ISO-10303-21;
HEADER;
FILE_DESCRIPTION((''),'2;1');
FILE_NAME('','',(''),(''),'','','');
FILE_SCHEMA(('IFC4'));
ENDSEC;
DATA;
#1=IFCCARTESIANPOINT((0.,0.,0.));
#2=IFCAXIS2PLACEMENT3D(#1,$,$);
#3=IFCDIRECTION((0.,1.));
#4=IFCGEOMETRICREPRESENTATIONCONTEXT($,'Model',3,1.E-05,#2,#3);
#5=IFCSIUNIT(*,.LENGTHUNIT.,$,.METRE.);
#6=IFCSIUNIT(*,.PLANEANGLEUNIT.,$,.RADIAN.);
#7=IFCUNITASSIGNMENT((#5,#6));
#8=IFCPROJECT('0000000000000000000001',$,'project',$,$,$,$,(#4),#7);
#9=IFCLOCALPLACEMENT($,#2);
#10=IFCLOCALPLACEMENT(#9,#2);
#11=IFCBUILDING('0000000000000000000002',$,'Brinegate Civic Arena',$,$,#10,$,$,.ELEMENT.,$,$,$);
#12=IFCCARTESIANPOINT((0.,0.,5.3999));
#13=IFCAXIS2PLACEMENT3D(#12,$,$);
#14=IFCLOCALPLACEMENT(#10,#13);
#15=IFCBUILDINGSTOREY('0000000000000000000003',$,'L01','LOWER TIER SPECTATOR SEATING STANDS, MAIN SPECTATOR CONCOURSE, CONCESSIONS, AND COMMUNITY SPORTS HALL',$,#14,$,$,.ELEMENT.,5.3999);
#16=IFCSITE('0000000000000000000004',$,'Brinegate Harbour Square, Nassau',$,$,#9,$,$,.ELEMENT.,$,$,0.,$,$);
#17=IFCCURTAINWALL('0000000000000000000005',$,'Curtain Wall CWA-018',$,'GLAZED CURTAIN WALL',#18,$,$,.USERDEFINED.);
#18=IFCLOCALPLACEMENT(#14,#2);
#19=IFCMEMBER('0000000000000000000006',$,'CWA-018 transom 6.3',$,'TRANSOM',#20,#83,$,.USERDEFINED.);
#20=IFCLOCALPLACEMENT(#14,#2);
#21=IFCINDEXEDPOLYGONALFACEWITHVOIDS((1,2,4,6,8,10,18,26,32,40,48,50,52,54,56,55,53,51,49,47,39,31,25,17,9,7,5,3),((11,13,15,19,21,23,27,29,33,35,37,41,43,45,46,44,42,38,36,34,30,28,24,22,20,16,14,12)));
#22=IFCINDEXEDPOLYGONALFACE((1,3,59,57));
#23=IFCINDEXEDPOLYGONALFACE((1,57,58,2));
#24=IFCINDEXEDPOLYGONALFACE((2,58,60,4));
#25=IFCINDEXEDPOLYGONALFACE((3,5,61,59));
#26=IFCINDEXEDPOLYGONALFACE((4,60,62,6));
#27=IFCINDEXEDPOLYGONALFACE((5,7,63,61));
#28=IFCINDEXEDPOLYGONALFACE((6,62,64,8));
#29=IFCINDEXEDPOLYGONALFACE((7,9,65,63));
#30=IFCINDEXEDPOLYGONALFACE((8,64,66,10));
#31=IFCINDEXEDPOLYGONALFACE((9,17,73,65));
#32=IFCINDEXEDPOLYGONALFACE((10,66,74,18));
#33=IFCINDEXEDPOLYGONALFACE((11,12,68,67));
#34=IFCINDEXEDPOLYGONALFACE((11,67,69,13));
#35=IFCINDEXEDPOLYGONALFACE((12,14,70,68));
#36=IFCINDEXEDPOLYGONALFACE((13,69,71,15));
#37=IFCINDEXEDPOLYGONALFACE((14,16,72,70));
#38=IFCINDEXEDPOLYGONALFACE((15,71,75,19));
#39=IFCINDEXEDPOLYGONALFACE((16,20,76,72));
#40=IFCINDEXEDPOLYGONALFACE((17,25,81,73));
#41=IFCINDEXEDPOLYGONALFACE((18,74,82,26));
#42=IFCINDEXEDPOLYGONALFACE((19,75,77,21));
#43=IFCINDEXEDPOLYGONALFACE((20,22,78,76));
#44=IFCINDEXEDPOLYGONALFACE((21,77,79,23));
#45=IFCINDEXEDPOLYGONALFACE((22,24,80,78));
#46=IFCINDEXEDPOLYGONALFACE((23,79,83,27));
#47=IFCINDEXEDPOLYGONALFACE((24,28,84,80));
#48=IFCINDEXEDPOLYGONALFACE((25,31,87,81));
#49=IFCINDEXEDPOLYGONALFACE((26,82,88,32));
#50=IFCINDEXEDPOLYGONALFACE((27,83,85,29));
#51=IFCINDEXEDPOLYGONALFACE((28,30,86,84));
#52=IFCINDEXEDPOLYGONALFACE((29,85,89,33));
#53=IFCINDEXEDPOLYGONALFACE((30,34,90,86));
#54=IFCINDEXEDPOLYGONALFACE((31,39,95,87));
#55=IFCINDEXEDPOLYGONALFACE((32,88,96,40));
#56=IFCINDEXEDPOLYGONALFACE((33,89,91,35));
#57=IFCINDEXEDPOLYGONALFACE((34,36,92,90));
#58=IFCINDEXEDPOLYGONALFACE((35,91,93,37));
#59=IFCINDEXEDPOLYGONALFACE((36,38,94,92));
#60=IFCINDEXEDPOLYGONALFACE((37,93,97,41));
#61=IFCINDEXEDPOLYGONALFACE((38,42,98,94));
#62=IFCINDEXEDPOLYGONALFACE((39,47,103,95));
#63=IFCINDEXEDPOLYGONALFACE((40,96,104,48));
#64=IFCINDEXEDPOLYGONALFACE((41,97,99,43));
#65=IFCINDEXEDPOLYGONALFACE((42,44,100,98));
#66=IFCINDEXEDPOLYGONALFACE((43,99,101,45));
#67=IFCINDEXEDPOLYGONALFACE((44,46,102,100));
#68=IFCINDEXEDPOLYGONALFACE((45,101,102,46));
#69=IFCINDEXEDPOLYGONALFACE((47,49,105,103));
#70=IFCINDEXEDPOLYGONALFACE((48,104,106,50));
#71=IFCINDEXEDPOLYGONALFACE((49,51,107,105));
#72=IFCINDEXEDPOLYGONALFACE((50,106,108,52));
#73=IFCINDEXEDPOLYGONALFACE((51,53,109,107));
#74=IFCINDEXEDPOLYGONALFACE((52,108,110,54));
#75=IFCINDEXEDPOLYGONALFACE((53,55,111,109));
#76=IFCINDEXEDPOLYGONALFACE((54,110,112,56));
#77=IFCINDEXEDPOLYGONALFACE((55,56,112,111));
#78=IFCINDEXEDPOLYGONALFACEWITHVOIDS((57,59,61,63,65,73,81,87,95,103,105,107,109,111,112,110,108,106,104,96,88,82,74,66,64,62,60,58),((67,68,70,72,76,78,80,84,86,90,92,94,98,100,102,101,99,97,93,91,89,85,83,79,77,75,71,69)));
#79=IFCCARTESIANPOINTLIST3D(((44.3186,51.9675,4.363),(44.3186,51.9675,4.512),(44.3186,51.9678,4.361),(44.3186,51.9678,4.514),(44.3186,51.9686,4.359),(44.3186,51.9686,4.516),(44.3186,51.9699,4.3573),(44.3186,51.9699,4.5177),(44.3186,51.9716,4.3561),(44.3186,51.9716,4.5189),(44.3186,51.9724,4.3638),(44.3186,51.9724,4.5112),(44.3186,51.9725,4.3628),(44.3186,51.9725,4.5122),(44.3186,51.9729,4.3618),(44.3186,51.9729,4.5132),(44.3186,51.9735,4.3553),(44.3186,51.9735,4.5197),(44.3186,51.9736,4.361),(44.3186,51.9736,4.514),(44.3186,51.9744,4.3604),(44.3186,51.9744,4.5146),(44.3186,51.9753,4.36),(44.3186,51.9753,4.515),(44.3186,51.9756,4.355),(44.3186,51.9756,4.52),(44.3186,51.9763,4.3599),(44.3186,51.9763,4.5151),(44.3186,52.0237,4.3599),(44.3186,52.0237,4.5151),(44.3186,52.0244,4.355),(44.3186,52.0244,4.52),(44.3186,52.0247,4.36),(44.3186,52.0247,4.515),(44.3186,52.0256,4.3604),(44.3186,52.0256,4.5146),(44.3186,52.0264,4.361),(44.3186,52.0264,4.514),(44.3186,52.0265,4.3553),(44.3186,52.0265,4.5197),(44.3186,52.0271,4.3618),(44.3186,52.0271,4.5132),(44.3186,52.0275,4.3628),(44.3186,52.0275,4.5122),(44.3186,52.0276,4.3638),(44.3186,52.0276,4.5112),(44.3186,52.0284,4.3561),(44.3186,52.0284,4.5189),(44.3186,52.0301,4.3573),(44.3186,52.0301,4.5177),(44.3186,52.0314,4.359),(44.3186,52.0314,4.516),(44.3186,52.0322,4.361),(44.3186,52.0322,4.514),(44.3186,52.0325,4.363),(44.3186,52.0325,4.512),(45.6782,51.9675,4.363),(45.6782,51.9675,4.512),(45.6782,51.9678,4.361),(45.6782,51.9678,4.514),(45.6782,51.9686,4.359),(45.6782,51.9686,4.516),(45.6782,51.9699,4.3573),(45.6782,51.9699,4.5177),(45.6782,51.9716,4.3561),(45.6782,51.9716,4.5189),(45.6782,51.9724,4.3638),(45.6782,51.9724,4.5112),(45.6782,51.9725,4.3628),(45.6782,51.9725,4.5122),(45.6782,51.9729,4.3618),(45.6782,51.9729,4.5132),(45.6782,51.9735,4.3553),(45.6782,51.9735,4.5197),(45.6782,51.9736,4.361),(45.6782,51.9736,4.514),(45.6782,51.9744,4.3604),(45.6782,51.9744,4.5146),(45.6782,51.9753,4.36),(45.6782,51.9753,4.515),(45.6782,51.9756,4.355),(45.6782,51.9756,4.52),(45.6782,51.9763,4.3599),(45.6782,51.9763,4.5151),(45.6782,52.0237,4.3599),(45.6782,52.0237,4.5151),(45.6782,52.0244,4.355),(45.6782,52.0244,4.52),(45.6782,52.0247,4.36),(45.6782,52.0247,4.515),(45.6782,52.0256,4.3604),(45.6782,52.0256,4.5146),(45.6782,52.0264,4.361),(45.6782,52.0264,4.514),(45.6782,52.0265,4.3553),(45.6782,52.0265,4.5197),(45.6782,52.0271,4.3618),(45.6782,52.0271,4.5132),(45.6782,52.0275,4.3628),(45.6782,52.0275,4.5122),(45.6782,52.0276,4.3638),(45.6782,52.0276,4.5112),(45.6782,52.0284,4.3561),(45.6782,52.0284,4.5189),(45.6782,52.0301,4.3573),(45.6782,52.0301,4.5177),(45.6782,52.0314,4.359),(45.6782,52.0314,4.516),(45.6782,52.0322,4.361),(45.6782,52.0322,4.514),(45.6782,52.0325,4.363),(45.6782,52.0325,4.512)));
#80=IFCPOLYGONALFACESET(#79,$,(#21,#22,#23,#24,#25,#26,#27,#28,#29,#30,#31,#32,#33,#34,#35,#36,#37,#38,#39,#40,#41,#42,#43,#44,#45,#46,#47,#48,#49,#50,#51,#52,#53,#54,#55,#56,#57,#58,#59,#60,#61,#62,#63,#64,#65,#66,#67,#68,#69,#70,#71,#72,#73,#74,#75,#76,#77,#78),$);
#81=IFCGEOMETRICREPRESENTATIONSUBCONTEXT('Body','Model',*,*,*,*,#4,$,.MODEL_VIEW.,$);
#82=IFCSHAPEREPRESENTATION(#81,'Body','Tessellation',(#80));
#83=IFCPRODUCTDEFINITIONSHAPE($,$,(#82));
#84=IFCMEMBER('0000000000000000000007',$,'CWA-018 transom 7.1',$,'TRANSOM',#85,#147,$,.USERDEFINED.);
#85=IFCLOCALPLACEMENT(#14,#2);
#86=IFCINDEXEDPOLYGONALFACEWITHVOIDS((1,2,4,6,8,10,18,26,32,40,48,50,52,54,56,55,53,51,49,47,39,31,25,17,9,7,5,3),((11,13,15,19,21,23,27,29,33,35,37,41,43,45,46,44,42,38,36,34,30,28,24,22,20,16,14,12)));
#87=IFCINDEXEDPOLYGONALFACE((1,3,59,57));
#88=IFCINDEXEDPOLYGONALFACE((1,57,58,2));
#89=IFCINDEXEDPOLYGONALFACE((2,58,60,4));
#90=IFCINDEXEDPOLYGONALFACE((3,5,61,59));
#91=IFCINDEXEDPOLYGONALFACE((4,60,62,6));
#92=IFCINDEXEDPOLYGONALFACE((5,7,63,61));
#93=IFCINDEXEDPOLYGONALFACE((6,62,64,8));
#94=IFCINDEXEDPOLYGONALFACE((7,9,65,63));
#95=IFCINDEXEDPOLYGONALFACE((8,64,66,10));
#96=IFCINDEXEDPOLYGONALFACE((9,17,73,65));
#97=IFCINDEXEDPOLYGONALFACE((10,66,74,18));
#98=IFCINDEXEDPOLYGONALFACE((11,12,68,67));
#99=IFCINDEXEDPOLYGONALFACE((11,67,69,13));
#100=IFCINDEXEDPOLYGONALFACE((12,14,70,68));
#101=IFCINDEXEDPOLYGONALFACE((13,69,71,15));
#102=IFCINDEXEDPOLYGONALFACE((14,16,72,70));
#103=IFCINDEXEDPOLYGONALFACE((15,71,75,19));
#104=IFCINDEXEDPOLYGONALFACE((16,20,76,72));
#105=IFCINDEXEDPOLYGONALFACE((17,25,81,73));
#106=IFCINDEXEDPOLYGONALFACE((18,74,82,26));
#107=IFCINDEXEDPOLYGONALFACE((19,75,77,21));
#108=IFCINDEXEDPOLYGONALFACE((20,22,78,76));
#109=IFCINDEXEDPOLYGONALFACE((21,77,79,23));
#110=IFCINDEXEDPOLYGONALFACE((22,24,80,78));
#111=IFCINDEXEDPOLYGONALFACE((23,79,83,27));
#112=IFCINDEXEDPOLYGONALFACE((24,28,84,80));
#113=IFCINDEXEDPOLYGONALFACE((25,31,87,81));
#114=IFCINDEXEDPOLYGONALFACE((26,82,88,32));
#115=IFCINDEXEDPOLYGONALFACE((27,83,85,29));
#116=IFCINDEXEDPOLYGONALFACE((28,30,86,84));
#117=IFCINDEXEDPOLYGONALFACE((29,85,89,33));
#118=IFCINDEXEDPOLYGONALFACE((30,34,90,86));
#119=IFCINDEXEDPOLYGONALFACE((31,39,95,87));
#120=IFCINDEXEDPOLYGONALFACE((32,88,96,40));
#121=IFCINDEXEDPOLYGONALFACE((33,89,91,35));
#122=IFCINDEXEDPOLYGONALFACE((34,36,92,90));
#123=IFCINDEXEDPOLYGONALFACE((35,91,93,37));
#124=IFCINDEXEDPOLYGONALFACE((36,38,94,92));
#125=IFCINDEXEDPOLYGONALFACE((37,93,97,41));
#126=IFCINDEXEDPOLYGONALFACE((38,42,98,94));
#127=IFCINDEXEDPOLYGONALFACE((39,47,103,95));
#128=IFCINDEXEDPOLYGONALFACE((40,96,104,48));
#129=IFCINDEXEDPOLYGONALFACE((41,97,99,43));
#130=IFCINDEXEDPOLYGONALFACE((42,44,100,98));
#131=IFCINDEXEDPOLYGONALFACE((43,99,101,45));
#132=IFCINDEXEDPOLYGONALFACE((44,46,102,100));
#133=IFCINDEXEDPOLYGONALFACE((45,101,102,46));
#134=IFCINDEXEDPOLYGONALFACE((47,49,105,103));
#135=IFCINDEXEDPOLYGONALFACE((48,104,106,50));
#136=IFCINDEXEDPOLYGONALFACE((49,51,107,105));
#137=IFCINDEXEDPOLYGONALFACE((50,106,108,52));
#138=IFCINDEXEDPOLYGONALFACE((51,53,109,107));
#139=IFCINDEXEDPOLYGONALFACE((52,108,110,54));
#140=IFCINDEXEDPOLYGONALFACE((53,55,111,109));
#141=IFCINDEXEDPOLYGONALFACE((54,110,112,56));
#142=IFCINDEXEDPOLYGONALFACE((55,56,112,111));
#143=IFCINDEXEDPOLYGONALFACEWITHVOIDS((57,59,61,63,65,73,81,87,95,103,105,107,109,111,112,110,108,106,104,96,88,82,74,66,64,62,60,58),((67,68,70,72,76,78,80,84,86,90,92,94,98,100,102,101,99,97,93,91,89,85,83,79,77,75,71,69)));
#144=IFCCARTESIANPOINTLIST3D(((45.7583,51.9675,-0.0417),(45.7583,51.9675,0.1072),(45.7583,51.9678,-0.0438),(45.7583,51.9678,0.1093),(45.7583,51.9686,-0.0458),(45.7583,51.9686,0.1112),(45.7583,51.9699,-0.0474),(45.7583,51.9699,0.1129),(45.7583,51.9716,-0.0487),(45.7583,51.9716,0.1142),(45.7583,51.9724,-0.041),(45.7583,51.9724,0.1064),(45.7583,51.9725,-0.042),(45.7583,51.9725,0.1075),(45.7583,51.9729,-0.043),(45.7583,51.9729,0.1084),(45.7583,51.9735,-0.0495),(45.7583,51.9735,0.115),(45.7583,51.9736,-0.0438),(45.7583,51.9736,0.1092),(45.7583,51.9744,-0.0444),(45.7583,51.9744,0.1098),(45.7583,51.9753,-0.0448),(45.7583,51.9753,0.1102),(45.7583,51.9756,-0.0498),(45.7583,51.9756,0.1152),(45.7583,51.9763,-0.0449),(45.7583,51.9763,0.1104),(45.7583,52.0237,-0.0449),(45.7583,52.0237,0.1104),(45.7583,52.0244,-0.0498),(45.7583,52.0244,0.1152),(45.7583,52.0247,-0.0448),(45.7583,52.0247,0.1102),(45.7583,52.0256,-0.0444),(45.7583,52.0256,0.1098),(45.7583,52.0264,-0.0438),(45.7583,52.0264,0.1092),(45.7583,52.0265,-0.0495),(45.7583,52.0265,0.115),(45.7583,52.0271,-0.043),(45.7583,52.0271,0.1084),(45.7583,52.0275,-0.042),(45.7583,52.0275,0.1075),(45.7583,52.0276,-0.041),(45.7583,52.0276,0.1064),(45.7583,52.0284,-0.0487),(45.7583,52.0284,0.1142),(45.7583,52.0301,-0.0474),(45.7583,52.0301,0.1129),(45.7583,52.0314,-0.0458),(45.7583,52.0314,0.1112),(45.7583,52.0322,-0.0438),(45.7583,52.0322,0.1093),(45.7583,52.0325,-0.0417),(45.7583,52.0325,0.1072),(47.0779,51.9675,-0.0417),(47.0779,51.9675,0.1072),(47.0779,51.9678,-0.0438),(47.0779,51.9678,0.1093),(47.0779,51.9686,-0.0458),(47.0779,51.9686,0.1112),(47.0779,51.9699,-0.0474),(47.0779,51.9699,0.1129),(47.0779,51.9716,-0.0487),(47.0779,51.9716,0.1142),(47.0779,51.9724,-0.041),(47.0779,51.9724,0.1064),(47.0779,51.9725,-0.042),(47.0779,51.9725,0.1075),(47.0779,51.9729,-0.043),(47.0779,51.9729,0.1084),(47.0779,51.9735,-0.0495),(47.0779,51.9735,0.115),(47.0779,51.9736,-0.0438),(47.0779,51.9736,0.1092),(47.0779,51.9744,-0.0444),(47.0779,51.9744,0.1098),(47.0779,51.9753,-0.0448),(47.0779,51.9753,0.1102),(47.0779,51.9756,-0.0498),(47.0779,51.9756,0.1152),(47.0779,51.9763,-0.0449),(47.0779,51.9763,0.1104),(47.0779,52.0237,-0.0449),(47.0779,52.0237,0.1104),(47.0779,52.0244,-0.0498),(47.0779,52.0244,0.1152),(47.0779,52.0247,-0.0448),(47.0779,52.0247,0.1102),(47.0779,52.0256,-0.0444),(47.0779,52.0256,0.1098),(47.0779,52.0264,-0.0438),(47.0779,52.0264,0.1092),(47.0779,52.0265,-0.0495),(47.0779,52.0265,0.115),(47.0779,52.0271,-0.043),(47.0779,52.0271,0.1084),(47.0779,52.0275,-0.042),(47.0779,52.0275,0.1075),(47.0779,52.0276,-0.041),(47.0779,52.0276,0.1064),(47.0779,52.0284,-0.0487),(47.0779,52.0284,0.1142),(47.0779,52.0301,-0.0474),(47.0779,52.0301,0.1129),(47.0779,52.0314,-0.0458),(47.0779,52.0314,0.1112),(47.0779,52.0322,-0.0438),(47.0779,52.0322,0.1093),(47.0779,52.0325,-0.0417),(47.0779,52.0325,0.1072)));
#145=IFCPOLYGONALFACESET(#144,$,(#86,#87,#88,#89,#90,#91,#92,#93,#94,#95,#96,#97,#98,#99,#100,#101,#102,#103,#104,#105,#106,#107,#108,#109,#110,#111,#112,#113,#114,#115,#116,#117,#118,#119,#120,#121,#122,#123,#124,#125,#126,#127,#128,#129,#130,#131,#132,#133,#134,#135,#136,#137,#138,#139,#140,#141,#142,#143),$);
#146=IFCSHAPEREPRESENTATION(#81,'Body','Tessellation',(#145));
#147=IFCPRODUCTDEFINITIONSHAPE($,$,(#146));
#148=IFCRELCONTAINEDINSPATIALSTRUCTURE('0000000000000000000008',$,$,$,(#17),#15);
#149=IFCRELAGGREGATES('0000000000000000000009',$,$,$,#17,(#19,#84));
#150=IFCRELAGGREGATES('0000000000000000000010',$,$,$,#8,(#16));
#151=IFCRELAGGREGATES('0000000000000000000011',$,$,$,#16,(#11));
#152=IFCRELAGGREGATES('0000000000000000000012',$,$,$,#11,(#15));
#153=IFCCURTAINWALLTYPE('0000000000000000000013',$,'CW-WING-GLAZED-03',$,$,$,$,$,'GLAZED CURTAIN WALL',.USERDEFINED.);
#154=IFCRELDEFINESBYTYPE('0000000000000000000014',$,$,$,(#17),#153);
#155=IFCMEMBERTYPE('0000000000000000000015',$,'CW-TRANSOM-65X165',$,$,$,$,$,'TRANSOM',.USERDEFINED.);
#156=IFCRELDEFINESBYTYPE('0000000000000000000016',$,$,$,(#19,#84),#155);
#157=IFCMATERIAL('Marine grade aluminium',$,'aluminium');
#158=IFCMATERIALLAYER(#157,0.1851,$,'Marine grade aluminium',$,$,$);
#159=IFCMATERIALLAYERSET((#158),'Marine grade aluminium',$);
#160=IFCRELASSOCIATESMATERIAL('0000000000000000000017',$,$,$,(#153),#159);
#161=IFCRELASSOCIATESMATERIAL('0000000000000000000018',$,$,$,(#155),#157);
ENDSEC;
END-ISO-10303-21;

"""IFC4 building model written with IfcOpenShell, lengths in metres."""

from ifc_helpers import new_model, si_unit, direction, frame, origin, origin_2d, place, context, subcontext, project, spatial, hollow_rectangle, extrude, material, layer, layer_set, material_profile, profile_set, type_object, element, aggregate, save


model = new_model("IFC4")

# Units and contexts
model_context = context("Model", 3, precision=1e-05, world=origin(), true_north=direction((0.0, 1.0)))
body_context = subcontext(model_context, "Body", "Model", "MODEL_VIEW")
ifc_project = project(units=[si_unit("LENGTHUNIT", "METRE"), si_unit("PLANEANGLEUNIT", "RADIAN")], contexts=[model_context])

# Site, building, storey
site_placement = place(None, origin())
site = spatial("IfcSite", under=ifc_project, at=site_placement, Name="Brinegate Harbour Square, Nassau", CompositionType="ELEMENT", RefElevation=0.0)
building_placement = place(site_placement, origin())
building = spatial("IfcBuilding", under=site, at=building_placement, Name="Brinegate Civic Arena", CompositionType="ELEMENT")
storey_placement = place(building_placement, frame((0.0, 0.0, 5.3999)))
storey = spatial("IfcBuildingStorey", under=building, at=storey_placement, Name="L01", Description="LOWER TIER SPECTATOR SEATING STANDS, MAIN SPECTATOR CONCOURSE, CONCESSIONS, AND COMMUNITY SPORTS HALL", CompositionType="ELEMENT", Elevation=5.3999)

# Shared definitions
ifc_material_1 = material(Name="Marine grade aluminium", Category="aluminium")

# Curtain wall, members
ifc_layer_1 = layer(ifc_material_1, 0.1851, Name="Marine grade aluminium")
ifc_layer_set_1 = layer_set([ifc_layer_1], Name="Marine grade aluminium")
curtain_wall_type_1 = type_object("IfcCurtainWallType", Name="CW-WING-GLAZED-03", ElementType="GLAZED CURTAIN WALL", PredefinedType="USERDEFINED", material=ifc_layer_set_1)
curtain_wall_1_placement = place(storey_placement, origin())
curtain_wall_1 = element("IfcCurtainWall", 1, at=curtain_wall_1_placement, inside=storey, type_object=curtain_wall_type_1, Name="Curtain Wall CWA-018", ObjectType="GLAZED CURTAIN WALL", PredefinedType="USERDEFINED")
ifc_material_profile_1 = material_profile(ifc_material_1, hollow_rectangle(XDim=0.0649, YDim=0.165, WallThickness=0.0049, InnerFilletRadius=0.0039, OuterFilletRadius=0.0081, at=origin_2d()), Name="TRN65X165")
ifc_profile_set_1 = profile_set([ifc_material_profile_1], Name="Marine grade aluminium")
member_type_1 = type_object("IfcMemberType", Name="CW-TRANSOM-65X165", ElementType="TRANSOM", PredefinedType="USERDEFINED", material=ifc_profile_set_1)
member_1_placement = place(storey_placement, frame((44.3186, 52.0, 4.4375), z_axis=(1.0, 0.0, 0.0), x_axis=(0.0, 1.0, 0.0)))
member_1 = element("IfcMember", 2, at=member_1_placement, type_object=member_type_1, Name="CWA-018 transom 6.3", ObjectType="TRANSOM", PredefinedType="USERDEFINED", context=body_context, shape_type="SweptSolid", body=[
    extrude(hollow_rectangle(XDim=0.0649, YDim=0.165, WallThickness=0.0049, InnerFilletRadius=0.0039, OuterFilletRadius=0.0081, at=origin_2d()), origin(), (0.0, 0.0, 1.0), 1.3596),
])
member_2_placement = place(storey_placement, frame((45.7583, 52.0, 0.0327), z_axis=(1.0, 0.0, 0.0), x_axis=(0.0, 1.0, 0.0)))
member_2 = element("IfcMember", 3, at=member_2_placement, type_object=member_type_1, Name="CWA-018 transom 7.1", ObjectType="TRANSOM", PredefinedType="USERDEFINED", context=body_context, shape_type="SweptSolid", body=[
    extrude(hollow_rectangle(XDim=0.0649, YDim=0.165, WallThickness=0.0049, InnerFilletRadius=0.0039, OuterFilletRadius=0.0081, at=origin_2d()), origin(), (0.0, 0.0, 1.0), 1.3196),
])

aggregate(curtain_wall_1, [member_1, member_2])

save(model, "model.ifc")
